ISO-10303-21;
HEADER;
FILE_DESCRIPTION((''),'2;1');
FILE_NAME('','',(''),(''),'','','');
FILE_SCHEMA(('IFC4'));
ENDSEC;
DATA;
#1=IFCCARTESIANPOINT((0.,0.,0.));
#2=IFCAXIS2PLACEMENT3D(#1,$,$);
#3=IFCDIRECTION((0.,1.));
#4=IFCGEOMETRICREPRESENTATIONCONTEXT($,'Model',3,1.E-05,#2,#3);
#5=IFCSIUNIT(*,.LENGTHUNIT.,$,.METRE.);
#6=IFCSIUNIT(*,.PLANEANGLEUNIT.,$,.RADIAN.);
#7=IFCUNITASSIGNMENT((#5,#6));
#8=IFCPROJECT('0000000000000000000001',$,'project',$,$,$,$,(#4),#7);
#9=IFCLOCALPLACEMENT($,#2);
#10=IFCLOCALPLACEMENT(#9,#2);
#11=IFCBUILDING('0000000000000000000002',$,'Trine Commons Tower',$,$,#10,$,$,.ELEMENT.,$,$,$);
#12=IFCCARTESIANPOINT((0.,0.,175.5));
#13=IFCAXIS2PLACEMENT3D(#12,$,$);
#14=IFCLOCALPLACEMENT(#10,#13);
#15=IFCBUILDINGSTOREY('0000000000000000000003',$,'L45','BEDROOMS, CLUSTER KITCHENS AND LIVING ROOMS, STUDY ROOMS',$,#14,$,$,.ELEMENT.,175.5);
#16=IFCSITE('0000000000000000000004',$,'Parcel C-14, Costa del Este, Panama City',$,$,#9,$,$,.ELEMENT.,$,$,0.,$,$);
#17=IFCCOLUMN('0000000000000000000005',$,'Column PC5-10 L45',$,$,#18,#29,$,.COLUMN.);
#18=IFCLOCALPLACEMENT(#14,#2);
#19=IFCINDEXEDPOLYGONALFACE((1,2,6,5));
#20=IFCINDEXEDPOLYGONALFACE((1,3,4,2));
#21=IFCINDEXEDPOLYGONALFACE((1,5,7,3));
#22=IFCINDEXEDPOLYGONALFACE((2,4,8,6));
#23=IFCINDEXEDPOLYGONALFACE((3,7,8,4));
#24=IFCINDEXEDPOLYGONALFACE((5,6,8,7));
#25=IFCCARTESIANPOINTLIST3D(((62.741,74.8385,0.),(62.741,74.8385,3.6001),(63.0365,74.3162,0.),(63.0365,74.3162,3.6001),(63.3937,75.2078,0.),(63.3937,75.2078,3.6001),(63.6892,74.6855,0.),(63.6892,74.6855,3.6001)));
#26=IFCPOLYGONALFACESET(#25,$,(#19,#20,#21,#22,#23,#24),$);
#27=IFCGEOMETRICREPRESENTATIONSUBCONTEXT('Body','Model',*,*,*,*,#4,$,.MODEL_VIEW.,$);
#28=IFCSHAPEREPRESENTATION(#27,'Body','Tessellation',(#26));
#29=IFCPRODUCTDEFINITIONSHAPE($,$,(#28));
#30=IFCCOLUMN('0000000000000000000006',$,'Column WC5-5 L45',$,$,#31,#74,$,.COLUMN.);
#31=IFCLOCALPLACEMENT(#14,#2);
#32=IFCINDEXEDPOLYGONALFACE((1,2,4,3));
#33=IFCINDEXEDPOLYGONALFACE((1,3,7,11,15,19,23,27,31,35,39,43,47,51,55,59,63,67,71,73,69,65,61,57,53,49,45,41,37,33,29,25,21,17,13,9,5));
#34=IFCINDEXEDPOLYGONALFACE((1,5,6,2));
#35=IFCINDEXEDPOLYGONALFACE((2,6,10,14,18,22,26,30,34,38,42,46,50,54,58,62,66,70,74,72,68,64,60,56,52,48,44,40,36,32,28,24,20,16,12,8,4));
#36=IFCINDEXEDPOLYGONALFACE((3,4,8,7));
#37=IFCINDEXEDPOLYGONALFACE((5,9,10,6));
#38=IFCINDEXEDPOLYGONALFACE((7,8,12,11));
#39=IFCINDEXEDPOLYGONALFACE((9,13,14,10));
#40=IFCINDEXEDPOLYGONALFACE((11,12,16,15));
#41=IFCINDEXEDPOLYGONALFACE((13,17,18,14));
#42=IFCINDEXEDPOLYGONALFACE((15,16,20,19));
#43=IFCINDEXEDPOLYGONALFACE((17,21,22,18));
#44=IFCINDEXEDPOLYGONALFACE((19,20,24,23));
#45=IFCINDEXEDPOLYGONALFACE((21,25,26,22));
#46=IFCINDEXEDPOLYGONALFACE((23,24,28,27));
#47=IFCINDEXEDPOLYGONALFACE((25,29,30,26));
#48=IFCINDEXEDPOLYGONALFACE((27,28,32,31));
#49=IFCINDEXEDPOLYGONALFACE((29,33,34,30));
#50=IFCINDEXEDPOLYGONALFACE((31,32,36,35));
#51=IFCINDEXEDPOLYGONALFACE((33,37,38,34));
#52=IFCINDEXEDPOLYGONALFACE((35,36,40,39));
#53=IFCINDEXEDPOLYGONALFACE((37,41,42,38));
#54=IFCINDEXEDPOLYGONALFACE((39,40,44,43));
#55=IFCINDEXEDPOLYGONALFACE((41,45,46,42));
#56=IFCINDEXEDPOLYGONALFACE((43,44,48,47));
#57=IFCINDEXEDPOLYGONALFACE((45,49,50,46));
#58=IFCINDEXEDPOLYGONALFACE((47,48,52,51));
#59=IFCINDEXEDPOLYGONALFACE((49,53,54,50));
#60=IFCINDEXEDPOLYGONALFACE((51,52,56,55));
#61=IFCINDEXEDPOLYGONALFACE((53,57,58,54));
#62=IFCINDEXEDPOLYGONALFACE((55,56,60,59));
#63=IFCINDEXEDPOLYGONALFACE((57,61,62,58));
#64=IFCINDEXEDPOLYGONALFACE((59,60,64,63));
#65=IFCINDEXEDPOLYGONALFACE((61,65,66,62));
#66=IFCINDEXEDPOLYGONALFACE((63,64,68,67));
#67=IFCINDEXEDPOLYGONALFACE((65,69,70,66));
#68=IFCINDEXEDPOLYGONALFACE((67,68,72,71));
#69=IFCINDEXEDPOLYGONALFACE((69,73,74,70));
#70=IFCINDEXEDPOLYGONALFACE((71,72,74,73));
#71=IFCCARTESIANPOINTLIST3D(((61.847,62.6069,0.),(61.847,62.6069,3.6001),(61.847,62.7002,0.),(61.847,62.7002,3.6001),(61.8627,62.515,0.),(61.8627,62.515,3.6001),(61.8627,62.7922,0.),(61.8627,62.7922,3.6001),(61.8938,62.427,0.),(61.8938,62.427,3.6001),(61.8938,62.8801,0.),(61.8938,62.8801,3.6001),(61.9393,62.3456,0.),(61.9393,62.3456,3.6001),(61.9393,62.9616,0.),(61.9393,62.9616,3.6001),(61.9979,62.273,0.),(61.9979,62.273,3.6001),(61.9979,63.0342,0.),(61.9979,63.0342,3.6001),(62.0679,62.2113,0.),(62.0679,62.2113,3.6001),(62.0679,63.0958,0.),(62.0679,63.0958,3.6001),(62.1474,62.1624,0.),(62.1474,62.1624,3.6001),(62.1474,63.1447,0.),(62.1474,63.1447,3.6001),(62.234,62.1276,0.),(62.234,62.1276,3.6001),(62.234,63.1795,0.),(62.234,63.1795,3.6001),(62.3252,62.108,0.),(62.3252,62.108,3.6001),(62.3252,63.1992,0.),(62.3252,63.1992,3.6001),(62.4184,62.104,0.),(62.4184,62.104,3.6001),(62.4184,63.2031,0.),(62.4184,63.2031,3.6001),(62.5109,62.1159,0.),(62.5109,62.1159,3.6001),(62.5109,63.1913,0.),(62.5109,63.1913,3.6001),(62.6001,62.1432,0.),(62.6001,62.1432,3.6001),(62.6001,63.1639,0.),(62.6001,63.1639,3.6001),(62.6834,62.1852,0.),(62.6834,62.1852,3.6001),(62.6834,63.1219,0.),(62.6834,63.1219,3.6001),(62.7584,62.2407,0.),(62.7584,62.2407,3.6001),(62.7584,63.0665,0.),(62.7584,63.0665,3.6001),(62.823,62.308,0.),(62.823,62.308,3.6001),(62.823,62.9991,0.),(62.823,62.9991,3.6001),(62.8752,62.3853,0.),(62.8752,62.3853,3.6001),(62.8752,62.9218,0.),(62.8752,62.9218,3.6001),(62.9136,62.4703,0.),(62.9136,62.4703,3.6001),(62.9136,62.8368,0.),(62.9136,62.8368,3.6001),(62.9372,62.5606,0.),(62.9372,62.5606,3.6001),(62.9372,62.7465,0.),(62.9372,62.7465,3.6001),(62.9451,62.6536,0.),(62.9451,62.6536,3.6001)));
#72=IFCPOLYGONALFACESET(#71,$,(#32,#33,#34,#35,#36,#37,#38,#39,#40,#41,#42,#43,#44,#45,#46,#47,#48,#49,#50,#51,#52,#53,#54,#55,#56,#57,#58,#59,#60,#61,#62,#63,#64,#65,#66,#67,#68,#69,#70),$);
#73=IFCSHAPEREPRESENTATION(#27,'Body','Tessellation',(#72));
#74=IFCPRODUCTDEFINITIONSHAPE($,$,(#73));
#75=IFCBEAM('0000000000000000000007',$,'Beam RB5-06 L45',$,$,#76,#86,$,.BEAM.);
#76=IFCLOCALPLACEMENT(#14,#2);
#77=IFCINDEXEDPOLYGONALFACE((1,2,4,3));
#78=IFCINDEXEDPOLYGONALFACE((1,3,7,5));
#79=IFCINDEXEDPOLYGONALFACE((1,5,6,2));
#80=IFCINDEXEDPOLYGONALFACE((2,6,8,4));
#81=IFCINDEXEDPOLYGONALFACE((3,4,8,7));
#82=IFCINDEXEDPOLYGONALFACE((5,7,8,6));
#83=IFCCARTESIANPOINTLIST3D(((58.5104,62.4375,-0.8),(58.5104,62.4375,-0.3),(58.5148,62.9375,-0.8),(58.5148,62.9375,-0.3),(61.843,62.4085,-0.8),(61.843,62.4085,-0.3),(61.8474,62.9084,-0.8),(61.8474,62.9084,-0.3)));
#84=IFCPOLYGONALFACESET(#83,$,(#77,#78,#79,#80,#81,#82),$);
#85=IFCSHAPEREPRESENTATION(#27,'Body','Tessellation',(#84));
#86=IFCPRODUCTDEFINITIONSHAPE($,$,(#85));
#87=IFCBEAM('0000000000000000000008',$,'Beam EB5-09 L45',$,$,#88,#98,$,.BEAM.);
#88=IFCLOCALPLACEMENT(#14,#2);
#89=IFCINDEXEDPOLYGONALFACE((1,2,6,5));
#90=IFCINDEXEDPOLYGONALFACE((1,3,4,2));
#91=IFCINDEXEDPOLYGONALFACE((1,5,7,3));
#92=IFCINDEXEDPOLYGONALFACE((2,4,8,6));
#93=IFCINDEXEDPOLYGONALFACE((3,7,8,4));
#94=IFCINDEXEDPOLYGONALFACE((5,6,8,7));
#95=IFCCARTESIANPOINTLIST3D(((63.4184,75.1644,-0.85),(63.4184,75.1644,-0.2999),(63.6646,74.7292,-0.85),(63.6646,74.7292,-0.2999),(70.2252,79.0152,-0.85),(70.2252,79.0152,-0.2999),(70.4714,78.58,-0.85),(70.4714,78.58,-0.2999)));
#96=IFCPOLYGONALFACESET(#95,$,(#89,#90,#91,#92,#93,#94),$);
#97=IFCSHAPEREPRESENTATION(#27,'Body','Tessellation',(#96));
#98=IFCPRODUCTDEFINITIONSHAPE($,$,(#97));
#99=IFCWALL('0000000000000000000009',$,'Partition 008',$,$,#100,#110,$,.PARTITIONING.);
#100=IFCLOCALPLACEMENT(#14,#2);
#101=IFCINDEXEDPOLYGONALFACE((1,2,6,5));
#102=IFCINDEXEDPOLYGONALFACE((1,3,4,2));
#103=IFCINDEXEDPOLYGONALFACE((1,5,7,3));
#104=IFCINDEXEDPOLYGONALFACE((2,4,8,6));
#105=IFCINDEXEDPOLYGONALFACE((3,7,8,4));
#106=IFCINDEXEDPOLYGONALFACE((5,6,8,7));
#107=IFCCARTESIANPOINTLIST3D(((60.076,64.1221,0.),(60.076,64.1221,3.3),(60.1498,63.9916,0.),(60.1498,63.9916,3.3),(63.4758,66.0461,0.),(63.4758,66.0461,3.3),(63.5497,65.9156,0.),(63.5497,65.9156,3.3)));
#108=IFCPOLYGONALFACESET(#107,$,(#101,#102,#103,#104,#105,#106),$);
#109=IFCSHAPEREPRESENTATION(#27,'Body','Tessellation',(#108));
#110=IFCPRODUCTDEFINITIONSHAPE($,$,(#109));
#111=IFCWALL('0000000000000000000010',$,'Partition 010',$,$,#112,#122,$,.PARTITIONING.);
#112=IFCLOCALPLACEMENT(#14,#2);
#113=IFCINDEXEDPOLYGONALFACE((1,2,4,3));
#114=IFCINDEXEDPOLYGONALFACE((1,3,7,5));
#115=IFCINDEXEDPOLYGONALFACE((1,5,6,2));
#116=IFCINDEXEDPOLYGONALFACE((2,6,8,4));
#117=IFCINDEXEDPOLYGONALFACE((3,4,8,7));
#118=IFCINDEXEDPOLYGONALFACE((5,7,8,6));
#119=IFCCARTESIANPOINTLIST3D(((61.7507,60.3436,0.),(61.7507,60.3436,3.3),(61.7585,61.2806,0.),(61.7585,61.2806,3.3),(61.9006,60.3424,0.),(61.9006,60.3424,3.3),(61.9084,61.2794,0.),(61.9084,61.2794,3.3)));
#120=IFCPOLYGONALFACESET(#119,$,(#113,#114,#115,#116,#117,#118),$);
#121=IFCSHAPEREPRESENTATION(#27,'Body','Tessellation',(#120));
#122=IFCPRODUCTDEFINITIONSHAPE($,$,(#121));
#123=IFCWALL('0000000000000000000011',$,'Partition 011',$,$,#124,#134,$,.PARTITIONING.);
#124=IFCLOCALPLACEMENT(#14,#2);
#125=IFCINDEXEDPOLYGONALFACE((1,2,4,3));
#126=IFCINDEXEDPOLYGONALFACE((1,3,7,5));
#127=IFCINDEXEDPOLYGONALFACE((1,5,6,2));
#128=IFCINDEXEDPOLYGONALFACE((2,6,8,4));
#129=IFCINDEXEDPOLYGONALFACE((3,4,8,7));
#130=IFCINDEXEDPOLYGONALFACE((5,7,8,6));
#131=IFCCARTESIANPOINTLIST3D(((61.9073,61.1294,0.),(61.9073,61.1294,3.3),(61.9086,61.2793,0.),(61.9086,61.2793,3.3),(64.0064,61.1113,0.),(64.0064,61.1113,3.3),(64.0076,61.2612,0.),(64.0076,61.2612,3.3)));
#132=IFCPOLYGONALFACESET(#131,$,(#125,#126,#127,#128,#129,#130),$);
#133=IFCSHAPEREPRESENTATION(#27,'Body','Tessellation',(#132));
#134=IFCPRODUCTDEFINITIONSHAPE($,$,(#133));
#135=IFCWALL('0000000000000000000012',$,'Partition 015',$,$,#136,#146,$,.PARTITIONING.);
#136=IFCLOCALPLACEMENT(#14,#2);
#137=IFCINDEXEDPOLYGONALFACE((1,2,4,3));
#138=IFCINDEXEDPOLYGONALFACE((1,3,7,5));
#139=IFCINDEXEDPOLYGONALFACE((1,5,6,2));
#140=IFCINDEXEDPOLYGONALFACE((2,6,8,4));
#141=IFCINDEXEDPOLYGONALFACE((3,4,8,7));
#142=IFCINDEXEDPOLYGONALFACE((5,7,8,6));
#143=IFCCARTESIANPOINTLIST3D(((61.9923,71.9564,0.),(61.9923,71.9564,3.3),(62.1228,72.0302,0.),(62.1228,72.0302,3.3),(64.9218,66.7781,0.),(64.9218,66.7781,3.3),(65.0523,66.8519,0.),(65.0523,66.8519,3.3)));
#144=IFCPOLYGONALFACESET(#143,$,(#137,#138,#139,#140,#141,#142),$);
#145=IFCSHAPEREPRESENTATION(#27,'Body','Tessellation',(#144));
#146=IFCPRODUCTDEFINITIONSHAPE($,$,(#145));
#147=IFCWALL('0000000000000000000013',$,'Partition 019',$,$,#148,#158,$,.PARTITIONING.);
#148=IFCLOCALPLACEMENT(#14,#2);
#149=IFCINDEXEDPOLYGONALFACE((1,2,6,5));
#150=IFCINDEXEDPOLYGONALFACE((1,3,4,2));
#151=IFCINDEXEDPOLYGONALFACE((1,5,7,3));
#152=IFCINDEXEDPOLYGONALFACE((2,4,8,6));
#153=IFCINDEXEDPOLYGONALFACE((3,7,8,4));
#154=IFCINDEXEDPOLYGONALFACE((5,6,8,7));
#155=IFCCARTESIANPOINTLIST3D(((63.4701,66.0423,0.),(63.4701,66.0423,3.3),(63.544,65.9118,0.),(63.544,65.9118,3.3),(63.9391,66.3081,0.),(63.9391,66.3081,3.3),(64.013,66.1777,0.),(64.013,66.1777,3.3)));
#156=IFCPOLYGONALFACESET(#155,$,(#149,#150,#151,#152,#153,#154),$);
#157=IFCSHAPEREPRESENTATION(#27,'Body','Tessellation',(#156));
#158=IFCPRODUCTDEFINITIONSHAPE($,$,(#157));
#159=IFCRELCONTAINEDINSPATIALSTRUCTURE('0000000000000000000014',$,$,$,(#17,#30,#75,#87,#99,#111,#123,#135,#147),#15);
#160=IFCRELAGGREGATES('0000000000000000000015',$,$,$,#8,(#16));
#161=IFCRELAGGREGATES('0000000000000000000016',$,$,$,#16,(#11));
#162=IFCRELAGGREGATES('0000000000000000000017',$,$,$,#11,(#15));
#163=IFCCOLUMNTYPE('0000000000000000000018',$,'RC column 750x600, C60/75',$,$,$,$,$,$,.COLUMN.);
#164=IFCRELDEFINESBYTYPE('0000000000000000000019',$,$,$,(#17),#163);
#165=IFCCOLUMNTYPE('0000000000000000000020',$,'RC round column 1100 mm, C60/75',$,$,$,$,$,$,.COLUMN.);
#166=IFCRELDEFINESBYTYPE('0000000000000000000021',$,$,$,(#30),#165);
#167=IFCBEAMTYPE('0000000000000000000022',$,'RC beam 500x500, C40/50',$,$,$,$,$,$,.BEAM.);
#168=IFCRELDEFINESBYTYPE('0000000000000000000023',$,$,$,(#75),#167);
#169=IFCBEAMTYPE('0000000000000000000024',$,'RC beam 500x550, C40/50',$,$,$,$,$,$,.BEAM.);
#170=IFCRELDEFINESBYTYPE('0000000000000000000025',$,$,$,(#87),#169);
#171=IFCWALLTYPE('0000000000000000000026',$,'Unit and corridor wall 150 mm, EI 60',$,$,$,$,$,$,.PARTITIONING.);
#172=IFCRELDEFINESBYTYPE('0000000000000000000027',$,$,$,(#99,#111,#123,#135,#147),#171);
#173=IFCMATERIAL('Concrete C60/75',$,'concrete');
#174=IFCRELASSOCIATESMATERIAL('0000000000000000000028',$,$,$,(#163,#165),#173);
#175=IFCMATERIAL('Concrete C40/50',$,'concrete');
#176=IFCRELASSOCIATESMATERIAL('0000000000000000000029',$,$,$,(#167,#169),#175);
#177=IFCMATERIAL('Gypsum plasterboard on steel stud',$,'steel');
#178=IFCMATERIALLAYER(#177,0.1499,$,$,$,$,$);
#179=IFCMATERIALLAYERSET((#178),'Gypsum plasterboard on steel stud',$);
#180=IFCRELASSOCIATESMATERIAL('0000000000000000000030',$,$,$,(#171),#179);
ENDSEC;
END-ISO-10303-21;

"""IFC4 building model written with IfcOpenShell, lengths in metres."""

from ifc_helpers import new_model, si_unit, direction, frame, frame_2d, origin, origin_2d, place, context, subcontext, project, spatial, rectangle, circle, extrude, material, layer, layer_set, material_profile, profile_set, type_object, element, save


model = new_model("IFC4")

# Units and contexts
model_context = context("Model", 3, precision=1e-05, world=origin(), true_north=direction((0.0, 1.0)))
body_context = subcontext(model_context, "Body", "Model", "MODEL_VIEW")
ifc_project = project(units=[si_unit("LENGTHUNIT", "METRE"), si_unit("PLANEANGLEUNIT", "RADIAN")], contexts=[model_context])

# Site, building, storey
site_placement = place(None, origin())
site = spatial("IfcSite", under=ifc_project, at=site_placement, Name="Parcel C-14, Costa del Este, Panama City", CompositionType="ELEMENT", RefElevation=0.0)
building_placement = place(site_placement, origin())
building = spatial("IfcBuilding", under=site, at=building_placement, Name="Trine Commons Tower", CompositionType="ELEMENT")
storey_placement = place(building_placement, frame((0.0, 0.0, 175.5)))
storey = spatial("IfcBuildingStorey", under=building, at=storey_placement, Name="L45", Description="BEDROOMS, CLUSTER KITCHENS AND LIVING ROOMS, STUDY ROOMS", CompositionType="ELEMENT", Elevation=175.5)

# Columns
ifc_material_1 = material(Name="Concrete C60/75", Category="concrete")
ifc_material_profile_1 = material_profile(ifc_material_1, rectangle(XDim=0.75, YDim=0.6001, at=origin_2d()), Name="RC 750x600")
ifc_profile_set_1 = profile_set([ifc_material_profile_1], Name="Concrete C60/75")
column_type_1 = type_object("IfcColumnType", Name="RC column 750x600, C60/75", PredefinedType="COLUMN", material=ifc_profile_set_1)
column_1_placement = place(storey_placement, frame((63.2151, 74.762, 0.0), z_axis=(0.0, 0.0, 1.0), x_axis=(0.870356, 0.492424, 0.0)))
element("IfcColumn", 1, at=column_1_placement, inside=storey, type_object=column_type_1, Name="Column PC5-10 L45", PredefinedType="COLUMN", context=body_context, shape_type="SweptSolid", body=[
    extrude(rectangle(XDim=0.75, YDim=0.6001, at=origin_2d()), origin(), (0.0, 0.0, 1.0), 3.6001),
])
ifc_material_profile_2 = material_profile(ifc_material_1, circle(Radius=0.55, at=origin_2d()), Name="RC round 1100")
ifc_profile_set_2 = profile_set([ifc_material_profile_2], Name="Concrete C60/75")
column_type_2 = type_object("IfcColumnType", Name="RC round column 1100 mm, C60/75", PredefinedType="COLUMN", material=ifc_profile_set_2)
column_2_placement = place(storey_placement, frame((62.395, 62.6536, 0.0), z_axis=(0.0, 0.0, 1.0), x_axis=(1.0, 0.0, 0.0)))
element("IfcColumn", 2, at=column_2_placement, inside=storey, type_object=column_type_2, Name="Column WC5-5 L45", PredefinedType="COLUMN", context=body_context, shape_type="SweptSolid", body=[
    extrude(circle(Radius=0.55, at=origin_2d()), origin(), (0.0, 0.0, 1.0), 3.6001),
])

# Beams
ifc_material_2 = material(Name="Concrete C40/50", Category="concrete")
ifc_material_profile_3 = material_profile(ifc_material_2, rectangle(XDim=0.5, YDim=0.5, at=origin_2d()), Name="RC 500x500")
ifc_profile_set_3 = profile_set([ifc_material_profile_3], Name="Concrete C40/50")
beam_type_1 = type_object("IfcBeamType", Name="RC beam 500x500, C40/50", PredefinedType="BEAM", material=ifc_profile_set_3)
beam_1_placement = place(storey_placement, frame((61.8452, 62.6584, -0.55), z_axis=(-0.999962, 0.008718, 0.0), x_axis=(-0.008718, -0.999962, 0.0)))
element("IfcBeam", 3, at=beam_1_placement, inside=storey, type_object=beam_type_1, Name="Beam RB5-06 L45", PredefinedType="BEAM", context=body_context, shape_type="SweptSolid", body=[
    extrude(rectangle(XDim=0.5, YDim=0.5, at=origin_2d()), origin(), (0.0, 0.0, 1.0), 3.3328),
])
ifc_material_profile_4 = material_profile(ifc_material_2, rectangle(XDim=0.5, YDim=0.55, at=origin_2d()), Name="RC 500x550")
ifc_profile_set_4 = profile_set([ifc_material_profile_4], Name="Concrete C40/50")
beam_type_2 = type_object("IfcBeamType", Name="RC beam 500x550, C40/50", PredefinedType="BEAM", material=ifc_profile_set_4)
beam_2_placement = place(storey_placement, frame((63.5415, 74.9468, -0.575), z_axis=(0.870373, 0.492393, 0.0), x_axis=(-0.492393, 0.870373, 0.0)))
element("IfcBeam", 4, at=beam_2_placement, inside=storey, type_object=beam_type_2, Name="Beam EB5-09 L45", PredefinedType="BEAM", context=body_context, shape_type="SweptSolid", body=[
    extrude(rectangle(XDim=0.5, YDim=0.55, at=origin_2d()), origin(), (0.0, 0.0, 1.0), 7.8206),
])

# Walls
ifc_material_3 = material(Name="Gypsum plasterboard on steel stud", Category="steel")
ifc_layer_1 = layer(ifc_material_3, 0.1499)
ifc_layer_set_1 = layer_set([ifc_layer_1], Name="Gypsum plasterboard on steel stud")
wall_type_1 = type_object("IfcWallType", Name="Unit and corridor wall 150 mm, EI 60", PredefinedType="PARTITIONING", material=ifc_layer_set_1)
wall_1_placement = place(storey_placement, frame((60.113, 64.0569, 0.0), z_axis=(0.0, 0.0, 1.0), x_axis=(0.870301, 0.492521, 0.0)))
element("IfcWall", 5, at=wall_1_placement, inside=storey, type_object=wall_type_1, Name="Partition 008", PredefinedType="PARTITIONING", context=body_context, shape_type="SweptSolid", body=[
    extrude(rectangle(XDim=3.9065, YDim=0.1499, at=frame_2d((1.9531, 0.0))), origin(), (0.0, 0.0, 1.0), 3.3),
])
wall_2_placement = place(storey_placement, frame((61.8257, 60.343, 0.0), z_axis=(0.0, 0.0, 1.0), x_axis=(0.008337, 0.999965, 0.0)))
element("IfcWall", 6, at=wall_2_placement, inside=storey, type_object=wall_type_1, Name="Partition 010", PredefinedType="PARTITIONING", context=body_context, shape_type="SweptSolid", body=[
    extrude(rectangle(XDim=0.937, YDim=0.1499, at=frame_2d((0.4685, 0.0))), origin(), (0.0, 0.0, 1.0), 3.3),
])
wall_3_placement = place(storey_placement, frame((61.908, 61.2043, 0.0), z_axis=(0.0, 0.0, 1.0), x_axis=(0.999963, -0.008606, 0.0)))
element("IfcWall", 7, at=wall_3_placement, inside=storey, type_object=wall_type_1, Name="Partition 011", PredefinedType="PARTITIONING", context=body_context, shape_type="SweptSolid", body=[
    extrude(rectangle(XDim=2.0991, YDim=0.1499, at=frame_2d((1.0496, 0.0))), origin(), (0.0, 0.0, 1.0), 3.3),
])
wall_4_placement = place(storey_placement, frame((62.0576, 71.9932, 0.0), z_axis=(0.0, 0.0, 1.0), x_axis=(0.492391, -0.870374, 0.0)))
element("IfcWall", 8, at=wall_4_placement, inside=storey, type_object=wall_type_1, Name="Partition 015", PredefinedType="PARTITIONING", context=body_context, shape_type="SweptSolid", body=[
    extrude(rectangle(XDim=5.9495, YDim=0.1499, at=frame_2d((2.9746, 0.0))), origin(), (0.0, 0.0, 1.0), 3.3),
])
wall_5_placement = place(storey_placement, frame((63.5071, 65.9771, 0.0), z_axis=(0.0, 0.0, 1.0), x_axis=(0.869938, 0.493161, 0.0)))
element("IfcWall", 9, at=wall_5_placement, inside=storey, type_object=wall_type_1, Name="Partition 019", PredefinedType="PARTITIONING", context=body_context, shape_type="SweptSolid", body=[
    extrude(rectangle(XDim=0.5391, YDim=0.1499, at=frame_2d((0.2695, 0.0))), origin(), (0.0, 0.0, 1.0), 3.3),
])

save(model, "model.ifc")
